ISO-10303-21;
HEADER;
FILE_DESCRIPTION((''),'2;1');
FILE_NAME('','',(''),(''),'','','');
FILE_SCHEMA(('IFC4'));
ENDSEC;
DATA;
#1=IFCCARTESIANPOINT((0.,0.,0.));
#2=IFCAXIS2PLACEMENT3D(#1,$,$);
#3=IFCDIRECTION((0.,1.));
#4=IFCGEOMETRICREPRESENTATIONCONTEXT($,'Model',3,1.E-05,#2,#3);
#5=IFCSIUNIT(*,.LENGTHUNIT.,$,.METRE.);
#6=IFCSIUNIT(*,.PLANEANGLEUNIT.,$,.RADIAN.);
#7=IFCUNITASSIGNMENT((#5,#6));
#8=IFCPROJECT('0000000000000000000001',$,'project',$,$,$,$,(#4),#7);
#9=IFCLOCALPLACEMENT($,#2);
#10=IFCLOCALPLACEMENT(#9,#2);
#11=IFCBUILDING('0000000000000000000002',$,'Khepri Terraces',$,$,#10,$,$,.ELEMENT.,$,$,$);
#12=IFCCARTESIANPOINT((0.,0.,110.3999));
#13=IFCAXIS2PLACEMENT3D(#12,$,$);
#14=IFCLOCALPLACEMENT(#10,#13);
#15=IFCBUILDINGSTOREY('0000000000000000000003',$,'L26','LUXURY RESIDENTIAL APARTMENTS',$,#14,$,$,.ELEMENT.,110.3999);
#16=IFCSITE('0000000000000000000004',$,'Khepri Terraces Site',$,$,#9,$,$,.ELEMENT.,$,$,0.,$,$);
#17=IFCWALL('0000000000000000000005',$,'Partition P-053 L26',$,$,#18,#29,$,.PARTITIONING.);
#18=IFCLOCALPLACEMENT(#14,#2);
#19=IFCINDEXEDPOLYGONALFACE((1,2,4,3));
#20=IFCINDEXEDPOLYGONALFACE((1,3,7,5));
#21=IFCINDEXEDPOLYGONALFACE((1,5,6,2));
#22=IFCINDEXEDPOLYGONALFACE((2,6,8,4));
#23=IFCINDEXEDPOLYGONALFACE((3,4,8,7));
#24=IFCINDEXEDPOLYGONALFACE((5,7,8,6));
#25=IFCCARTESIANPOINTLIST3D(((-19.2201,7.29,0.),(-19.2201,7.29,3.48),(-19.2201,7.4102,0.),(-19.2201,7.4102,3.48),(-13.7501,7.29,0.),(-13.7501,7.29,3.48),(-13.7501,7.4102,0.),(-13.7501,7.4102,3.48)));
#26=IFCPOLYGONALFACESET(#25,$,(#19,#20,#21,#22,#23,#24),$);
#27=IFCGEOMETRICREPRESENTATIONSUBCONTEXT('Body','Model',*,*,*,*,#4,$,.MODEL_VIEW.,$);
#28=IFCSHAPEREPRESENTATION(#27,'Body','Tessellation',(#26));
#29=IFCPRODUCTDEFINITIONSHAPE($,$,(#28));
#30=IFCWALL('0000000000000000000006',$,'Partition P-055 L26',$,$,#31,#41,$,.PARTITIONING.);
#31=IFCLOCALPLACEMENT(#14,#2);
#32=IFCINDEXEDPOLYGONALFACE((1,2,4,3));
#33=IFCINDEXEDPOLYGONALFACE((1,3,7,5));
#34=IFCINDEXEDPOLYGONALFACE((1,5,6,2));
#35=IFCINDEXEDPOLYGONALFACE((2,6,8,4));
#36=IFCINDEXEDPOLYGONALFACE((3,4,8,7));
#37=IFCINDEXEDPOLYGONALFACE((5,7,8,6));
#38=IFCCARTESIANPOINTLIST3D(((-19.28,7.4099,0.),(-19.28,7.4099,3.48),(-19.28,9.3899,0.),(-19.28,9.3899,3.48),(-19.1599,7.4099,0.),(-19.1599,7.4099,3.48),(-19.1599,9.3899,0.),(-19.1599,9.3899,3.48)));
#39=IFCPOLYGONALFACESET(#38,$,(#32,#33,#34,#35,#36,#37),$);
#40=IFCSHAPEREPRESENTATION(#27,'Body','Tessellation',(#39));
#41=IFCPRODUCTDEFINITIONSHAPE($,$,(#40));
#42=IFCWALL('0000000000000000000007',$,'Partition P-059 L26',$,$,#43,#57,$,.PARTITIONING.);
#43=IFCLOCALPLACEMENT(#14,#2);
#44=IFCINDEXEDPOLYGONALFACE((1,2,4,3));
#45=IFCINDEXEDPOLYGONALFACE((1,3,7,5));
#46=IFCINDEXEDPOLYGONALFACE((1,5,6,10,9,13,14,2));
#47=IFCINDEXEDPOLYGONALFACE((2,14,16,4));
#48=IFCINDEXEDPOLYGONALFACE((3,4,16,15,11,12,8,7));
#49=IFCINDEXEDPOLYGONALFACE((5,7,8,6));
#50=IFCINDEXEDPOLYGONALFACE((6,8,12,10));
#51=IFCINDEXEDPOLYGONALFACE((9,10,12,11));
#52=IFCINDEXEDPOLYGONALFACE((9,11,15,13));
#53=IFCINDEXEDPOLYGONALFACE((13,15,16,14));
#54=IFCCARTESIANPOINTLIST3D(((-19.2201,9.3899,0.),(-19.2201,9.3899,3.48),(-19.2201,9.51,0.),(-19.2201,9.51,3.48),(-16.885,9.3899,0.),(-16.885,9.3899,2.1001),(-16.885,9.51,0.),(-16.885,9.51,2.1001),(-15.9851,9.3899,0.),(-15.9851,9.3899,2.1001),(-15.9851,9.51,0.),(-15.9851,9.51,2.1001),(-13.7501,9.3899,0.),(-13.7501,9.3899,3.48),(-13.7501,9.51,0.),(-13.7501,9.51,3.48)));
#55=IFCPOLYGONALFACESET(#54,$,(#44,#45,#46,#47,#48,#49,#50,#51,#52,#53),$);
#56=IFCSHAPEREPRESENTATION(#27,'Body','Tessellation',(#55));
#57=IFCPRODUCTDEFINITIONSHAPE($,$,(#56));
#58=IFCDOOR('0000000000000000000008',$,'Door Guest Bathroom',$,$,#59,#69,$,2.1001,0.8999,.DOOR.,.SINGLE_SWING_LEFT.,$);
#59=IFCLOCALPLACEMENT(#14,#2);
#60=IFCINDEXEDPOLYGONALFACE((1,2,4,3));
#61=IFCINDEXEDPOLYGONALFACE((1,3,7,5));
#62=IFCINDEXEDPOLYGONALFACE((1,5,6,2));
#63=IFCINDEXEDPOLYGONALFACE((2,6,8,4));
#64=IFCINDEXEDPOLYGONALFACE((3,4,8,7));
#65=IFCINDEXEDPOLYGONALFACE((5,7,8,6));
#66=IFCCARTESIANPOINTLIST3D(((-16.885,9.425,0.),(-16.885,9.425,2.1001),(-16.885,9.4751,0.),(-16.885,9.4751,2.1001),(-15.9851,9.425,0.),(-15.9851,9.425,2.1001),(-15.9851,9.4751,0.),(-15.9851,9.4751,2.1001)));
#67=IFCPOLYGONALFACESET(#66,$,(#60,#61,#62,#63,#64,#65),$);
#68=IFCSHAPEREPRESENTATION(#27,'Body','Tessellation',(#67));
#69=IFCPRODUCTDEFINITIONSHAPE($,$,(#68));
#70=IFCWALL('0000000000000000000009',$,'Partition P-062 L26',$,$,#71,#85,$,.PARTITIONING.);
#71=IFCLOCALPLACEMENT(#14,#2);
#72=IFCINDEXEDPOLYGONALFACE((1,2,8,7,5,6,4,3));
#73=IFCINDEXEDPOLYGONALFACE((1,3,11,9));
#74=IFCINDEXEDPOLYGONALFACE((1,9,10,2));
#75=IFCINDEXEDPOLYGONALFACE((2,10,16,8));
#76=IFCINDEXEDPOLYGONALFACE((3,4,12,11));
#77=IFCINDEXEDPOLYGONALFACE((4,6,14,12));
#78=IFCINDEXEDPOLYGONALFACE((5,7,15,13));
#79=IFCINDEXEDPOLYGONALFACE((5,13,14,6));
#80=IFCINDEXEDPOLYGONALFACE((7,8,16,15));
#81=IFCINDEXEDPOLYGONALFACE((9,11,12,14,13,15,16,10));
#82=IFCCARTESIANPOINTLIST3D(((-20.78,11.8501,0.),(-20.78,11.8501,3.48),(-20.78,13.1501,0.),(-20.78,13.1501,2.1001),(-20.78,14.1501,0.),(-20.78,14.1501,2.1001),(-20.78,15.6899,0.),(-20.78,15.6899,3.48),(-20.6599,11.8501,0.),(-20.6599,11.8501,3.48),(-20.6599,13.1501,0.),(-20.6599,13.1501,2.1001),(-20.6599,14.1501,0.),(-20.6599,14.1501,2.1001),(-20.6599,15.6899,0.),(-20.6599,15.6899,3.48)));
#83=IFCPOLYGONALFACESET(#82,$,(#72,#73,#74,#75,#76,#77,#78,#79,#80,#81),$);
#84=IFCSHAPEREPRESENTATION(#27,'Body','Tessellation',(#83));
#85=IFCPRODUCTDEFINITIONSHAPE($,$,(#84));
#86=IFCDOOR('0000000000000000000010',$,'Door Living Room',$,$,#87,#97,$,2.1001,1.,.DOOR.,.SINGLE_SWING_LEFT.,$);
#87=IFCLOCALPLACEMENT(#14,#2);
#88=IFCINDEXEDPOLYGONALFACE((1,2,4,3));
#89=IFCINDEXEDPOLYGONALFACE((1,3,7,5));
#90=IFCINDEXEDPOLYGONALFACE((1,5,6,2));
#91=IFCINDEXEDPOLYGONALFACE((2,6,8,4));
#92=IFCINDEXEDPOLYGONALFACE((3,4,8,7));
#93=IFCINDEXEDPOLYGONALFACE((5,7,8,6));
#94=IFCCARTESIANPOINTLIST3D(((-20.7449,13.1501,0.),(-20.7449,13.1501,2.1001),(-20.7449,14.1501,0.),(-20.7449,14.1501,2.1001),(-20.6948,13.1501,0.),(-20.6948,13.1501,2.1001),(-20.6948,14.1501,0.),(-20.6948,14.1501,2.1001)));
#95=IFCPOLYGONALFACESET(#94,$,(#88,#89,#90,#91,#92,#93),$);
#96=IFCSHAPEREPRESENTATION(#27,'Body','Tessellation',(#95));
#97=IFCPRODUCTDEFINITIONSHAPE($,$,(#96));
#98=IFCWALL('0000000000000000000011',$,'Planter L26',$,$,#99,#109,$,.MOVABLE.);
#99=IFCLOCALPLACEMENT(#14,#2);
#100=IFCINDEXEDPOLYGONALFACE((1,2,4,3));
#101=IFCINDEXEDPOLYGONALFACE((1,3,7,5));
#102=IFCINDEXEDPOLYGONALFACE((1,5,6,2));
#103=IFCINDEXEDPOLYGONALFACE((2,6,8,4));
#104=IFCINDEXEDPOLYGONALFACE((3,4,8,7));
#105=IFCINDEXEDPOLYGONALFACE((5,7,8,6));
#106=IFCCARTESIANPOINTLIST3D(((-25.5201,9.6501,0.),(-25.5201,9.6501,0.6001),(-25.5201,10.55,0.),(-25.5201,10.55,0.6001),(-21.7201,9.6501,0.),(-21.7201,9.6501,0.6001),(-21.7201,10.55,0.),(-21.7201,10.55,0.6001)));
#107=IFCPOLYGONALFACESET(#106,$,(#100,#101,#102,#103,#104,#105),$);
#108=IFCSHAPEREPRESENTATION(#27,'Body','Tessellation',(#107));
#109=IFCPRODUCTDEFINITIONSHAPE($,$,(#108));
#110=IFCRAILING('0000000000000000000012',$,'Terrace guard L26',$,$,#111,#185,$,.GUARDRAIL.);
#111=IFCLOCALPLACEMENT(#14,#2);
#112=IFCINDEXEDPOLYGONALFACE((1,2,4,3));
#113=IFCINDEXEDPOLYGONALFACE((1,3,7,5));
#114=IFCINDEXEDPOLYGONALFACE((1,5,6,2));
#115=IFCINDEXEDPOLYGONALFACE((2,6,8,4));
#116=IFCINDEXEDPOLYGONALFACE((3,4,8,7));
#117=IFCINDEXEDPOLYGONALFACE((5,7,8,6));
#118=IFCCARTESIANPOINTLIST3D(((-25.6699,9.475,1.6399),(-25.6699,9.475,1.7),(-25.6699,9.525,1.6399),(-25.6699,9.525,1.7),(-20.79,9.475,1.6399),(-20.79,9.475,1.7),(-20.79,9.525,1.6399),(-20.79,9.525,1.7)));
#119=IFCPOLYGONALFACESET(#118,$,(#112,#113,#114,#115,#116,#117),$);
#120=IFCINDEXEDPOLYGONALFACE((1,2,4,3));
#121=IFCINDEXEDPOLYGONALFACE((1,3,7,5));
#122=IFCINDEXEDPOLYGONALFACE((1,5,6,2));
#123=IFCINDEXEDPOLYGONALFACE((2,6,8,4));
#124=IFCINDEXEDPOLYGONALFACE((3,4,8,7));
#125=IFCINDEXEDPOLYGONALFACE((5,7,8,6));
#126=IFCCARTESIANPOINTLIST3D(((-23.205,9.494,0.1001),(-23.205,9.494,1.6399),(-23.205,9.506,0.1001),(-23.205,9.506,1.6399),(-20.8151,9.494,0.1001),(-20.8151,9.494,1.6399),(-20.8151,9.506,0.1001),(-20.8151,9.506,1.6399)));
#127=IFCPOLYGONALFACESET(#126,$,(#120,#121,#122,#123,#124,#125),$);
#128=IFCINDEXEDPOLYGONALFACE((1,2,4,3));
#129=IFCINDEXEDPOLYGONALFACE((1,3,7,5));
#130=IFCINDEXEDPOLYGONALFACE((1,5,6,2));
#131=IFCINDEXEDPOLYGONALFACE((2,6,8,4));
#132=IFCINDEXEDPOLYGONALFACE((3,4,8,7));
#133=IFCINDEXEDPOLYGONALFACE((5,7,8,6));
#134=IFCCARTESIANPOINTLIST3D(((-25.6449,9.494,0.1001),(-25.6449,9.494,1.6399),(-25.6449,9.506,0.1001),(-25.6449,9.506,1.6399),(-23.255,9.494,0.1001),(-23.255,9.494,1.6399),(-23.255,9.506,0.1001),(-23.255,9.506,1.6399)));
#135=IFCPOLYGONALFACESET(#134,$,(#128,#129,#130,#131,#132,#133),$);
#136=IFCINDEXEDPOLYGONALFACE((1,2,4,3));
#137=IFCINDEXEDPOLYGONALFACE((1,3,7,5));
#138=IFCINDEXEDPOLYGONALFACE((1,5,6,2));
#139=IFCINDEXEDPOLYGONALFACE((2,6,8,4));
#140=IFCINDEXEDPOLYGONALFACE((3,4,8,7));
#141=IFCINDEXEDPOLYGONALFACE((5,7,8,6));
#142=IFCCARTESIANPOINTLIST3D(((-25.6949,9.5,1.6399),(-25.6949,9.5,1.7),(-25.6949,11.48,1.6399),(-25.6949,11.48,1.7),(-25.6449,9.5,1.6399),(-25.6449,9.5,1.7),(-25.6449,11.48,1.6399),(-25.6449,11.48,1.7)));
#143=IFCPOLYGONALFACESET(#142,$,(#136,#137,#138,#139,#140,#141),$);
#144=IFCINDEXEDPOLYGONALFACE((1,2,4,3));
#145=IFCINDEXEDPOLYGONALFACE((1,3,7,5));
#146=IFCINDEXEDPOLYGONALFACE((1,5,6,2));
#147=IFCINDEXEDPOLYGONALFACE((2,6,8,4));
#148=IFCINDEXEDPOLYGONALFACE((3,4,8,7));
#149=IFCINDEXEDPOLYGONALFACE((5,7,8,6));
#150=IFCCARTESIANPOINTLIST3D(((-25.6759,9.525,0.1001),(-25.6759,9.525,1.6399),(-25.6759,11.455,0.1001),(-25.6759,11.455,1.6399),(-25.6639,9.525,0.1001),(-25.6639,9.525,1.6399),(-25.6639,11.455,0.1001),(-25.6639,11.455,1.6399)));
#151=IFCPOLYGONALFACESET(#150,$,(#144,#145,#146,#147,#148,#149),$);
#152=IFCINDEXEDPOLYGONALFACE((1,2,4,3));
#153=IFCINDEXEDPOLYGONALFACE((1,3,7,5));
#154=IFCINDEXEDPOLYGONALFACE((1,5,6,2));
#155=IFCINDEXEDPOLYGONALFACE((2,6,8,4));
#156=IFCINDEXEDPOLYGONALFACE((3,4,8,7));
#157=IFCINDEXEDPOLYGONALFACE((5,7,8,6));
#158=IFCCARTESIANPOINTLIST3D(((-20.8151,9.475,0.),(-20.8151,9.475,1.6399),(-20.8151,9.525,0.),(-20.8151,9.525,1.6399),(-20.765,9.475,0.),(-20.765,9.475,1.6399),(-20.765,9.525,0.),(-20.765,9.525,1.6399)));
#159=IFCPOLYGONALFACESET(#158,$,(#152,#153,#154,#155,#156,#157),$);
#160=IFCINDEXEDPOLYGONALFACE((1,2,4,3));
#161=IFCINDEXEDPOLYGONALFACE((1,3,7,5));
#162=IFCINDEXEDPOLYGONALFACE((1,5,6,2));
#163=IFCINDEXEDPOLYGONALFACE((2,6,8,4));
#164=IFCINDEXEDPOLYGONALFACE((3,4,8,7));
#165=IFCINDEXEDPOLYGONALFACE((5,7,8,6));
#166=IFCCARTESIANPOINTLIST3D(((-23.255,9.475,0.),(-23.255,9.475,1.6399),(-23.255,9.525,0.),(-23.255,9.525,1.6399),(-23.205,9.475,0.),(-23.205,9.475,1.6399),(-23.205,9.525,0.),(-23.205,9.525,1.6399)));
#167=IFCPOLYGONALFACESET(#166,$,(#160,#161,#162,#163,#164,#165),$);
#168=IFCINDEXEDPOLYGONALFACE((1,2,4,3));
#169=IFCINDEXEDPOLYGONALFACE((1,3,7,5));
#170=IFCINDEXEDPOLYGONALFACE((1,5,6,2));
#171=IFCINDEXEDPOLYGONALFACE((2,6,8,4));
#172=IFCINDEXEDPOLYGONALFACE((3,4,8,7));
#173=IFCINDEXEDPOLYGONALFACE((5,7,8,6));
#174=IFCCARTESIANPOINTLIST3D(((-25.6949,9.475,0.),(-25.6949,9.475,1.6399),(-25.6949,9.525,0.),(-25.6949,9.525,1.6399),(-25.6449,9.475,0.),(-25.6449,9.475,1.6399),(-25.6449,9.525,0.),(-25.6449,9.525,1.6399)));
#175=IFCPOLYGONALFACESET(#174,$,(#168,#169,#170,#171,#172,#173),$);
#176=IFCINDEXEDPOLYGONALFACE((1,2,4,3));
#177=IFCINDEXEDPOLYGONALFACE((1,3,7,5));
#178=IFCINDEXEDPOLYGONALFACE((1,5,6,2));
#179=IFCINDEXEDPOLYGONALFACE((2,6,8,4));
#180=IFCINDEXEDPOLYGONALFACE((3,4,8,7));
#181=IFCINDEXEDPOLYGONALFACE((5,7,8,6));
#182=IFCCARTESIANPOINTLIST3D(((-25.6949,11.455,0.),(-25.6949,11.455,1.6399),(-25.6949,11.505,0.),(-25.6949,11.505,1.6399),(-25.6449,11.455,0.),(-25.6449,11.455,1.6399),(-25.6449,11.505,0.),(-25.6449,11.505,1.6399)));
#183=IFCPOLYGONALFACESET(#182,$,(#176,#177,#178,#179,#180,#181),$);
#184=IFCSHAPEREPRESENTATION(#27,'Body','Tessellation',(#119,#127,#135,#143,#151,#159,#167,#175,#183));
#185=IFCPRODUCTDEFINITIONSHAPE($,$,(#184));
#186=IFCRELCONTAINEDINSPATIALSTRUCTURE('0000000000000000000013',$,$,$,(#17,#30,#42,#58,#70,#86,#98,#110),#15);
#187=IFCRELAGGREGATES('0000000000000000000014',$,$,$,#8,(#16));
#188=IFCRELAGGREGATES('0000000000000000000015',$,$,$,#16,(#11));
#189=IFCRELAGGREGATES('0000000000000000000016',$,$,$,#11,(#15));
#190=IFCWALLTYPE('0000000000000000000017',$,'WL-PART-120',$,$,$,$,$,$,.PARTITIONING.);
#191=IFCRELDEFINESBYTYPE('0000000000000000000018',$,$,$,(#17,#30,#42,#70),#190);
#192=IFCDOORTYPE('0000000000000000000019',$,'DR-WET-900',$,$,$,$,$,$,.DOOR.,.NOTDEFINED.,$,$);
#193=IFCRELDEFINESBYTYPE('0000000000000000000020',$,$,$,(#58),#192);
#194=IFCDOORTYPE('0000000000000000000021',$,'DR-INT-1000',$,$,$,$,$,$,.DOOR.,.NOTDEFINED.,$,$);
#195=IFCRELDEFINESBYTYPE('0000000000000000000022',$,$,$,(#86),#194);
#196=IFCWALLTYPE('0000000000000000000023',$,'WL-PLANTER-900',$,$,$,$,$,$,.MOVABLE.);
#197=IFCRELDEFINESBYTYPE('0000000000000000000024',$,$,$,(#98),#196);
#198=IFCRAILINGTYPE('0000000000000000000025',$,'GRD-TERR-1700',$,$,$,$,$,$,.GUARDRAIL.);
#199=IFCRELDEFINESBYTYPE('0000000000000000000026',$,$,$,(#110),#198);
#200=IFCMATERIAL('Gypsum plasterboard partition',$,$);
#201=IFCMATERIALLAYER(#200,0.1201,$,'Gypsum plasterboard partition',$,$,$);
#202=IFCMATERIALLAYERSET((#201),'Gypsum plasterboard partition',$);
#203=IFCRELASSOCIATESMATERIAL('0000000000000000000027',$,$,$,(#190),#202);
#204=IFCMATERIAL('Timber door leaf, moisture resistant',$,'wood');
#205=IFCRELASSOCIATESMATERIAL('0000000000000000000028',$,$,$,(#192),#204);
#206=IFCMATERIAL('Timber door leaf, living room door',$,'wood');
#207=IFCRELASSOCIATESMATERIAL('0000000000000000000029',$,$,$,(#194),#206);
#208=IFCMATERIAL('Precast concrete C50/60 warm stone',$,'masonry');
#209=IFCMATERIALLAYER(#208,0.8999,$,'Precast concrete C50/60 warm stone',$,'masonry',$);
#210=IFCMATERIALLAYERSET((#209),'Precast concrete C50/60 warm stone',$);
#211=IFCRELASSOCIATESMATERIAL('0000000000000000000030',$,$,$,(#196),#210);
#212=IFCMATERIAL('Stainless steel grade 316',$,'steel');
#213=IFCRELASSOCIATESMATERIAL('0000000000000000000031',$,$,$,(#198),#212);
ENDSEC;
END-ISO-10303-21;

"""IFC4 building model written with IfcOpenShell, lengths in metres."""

from ifc_helpers import new_model, si_unit, direction, frame, frame_2d, origin, origin_2d, place, context, subcontext, project, spatial, rectangle, extrude, material, layer, layer_set, type_object, element, fill, save


model = new_model("IFC4")

# Units and contexts
model_context = context("Model", 3, precision=1e-05, world=origin(), true_north=direction((0.0, 1.0)))
body_context = subcontext(model_context, "Body", "Model", "MODEL_VIEW")
ifc_project = project(units=[si_unit("LENGTHUNIT", "METRE"), si_unit("PLANEANGLEUNIT", "RADIAN")], contexts=[model_context])

# Site, building, storey
site_placement = place(None, origin())
site = spatial("IfcSite", under=ifc_project, at=site_placement, Name="Khepri Terraces Site", CompositionType="ELEMENT", RefElevation=0.0)
building_placement = place(site_placement, origin())
building = spatial("IfcBuilding", under=site, at=building_placement, Name="Khepri Terraces", CompositionType="ELEMENT")
storey_placement = place(building_placement, frame((0.0, 0.0, 110.3999)))
storey = spatial("IfcBuildingStorey", under=building, at=storey_placement, Name="L26", Description="LUXURY RESIDENTIAL APARTMENTS", CompositionType="ELEMENT", Elevation=110.3999)

# Shared definitions
ifc_material_1 = material(Name="Precast concrete C50/60 warm stone", Category="masonry")

# Shared definitions
ifc_material_2 = material(Name="Gypsum plasterboard partition")
ifc_layer_1 = layer(ifc_material_2, 0.1201, Name="Gypsum plasterboard partition")
ifc_layer_set_1 = layer_set([ifc_layer_1], Name="Gypsum plasterboard partition")
wall_type_1 = type_object("IfcWallType", Name="WL-PART-120", PredefinedType="PARTITIONING", material=ifc_layer_set_1)
ifc_material_3 = material(Name="Timber door leaf, moisture resistant", Category="wood")
door_type_1 = type_object("IfcDoorType", Name="DR-WET-900", OperationType="NOTDEFINED", PredefinedType="DOOR", material=ifc_material_3)

# Walls
wall_1_placement = place(storey_placement, frame((-19.22, 7.3501, 0.0), z_axis=(0.0, 0.0, 1.0), x_axis=(1.0, 0.0, 0.0)))
element("IfcWall", 1, at=wall_1_placement, inside=storey, type_object=wall_type_1, Name="Partition P-053 L26", PredefinedType="PARTITIONING", context=body_context, shape_type="SweptSolid", body=[
    extrude(rectangle(XDim=5.47, YDim=0.1201, at=frame_2d((2.7349, 0.0))), origin(), (0.0, 0.0, 1.0), 3.48),
])
wall_2_placement = place(storey_placement, frame((-19.22, 7.4099, 0.0), z_axis=(0.0, 0.0, 1.0), x_axis=(0.0, 1.0, 0.0)))
element("IfcWall", 2, at=wall_2_placement, inside=storey, type_object=wall_type_1, Name="Partition P-055 L26", PredefinedType="PARTITIONING", context=body_context, shape_type="SweptSolid", body=[
    extrude(rectangle(XDim=1.98, YDim=0.1201, at=frame_2d((0.99, 0.0))), origin(), (0.0, 0.0, 1.0), 3.48),
])

# Walls, openings, doors
wall_3_placement = place(storey_placement, frame((-19.22, 9.45, 0.0), z_axis=(0.0, 0.0, 1.0), x_axis=(1.0, 0.0, 0.0)))
wall_3 = element("IfcWall", 3, at=wall_3_placement, inside=storey, type_object=wall_type_1, Name="Partition P-059 L26", PredefinedType="PARTITIONING", context=body_context, shape_type="SweptSolid", body=[
    extrude(rectangle(XDim=5.47, YDim=0.1201, at=frame_2d((2.7349, 0.0))), origin(), (0.0, 0.0, 1.0), 3.48),
])
opening_1_placement = place(wall_3_placement, frame((2.335, 0.0, 0.0)))
opening_1 = element("IfcOpeningElement", 4, at=opening_1_placement, cuts=wall_3, PredefinedType="OPENING", context=body_context, shape_type="SweptSolid", body=[
    extrude(rectangle(XDim=0.8999, YDim=2.1001, at=frame_2d((0.45, 1.05))), frame((0.0, 0.0701, 0.0), z_axis=(0.0, -1.0, 0.0), x_axis=(1.0, 0.0, 0.0)), (0.0, 0.0, 1.0), 0.1401),
])
door_1_placement = place(opening_1_placement, frame((0.8999, 0.0, 0.0), z_axis=(0.0, 0.0, 1.0), x_axis=(-1.0, 0.0, 0.0)))
door_1 = element("IfcDoor", 5, at=door_1_placement, inside=storey, type_object=door_type_1, Name="Door Guest Bathroom", OperationType="SINGLE_SWING_LEFT", OverallHeight=2.1001, OverallWidth=0.8999, PredefinedType="DOOR", context=body_context, shape_type="SweptSolid", body=[
    extrude(rectangle(XDim=0.8999, YDim=2.1001, at=frame_2d((0.45, 1.05))), frame((0.0, 0.0249, 0.0), z_axis=(0.0, -1.0, 0.0), x_axis=(1.0, 0.0, 0.0)), (0.0, 0.0, 1.0), 0.05),
])
fill(opening_1, door_1)
wall_4_placement = place(storey_placement, frame((-20.72, 11.8501, 0.0), z_axis=(0.0, 0.0, 1.0), x_axis=(0.0, 1.0, 0.0)))
wall_4 = element("IfcWall", 6, at=wall_4_placement, inside=storey, type_object=wall_type_1, Name="Partition P-062 L26", PredefinedType="PARTITIONING", context=body_context, shape_type="SweptSolid", body=[
    extrude(rectangle(XDim=3.8398, YDim=0.1201, at=frame_2d((1.9199, 0.0))), origin(), (0.0, 0.0, 1.0), 3.48),
])
opening_2_placement = place(wall_4_placement, frame((1.3, 0.0, 0.0)))
opening_2 = element("IfcOpeningElement", 7, at=opening_2_placement, cuts=wall_4, PredefinedType="OPENING", context=body_context, shape_type="SweptSolid", body=[
    extrude(rectangle(XDim=1.0, YDim=2.1001, at=frame_2d((0.5, 1.05))), frame((0.0, 0.0701, 0.0), z_axis=(0.0, -1.0, 0.0), x_axis=(1.0, 0.0, 0.0)), (0.0, 0.0, 1.0), 0.1401),
])
ifc_material_4 = material(Name="Timber door leaf, living room door", Category="wood")
door_type_2 = type_object("IfcDoorType", Name="DR-INT-1000", OperationType="NOTDEFINED", PredefinedType="DOOR", material=ifc_material_4)
door_2_placement = place(opening_2_placement, origin())
door_2 = element("IfcDoor", 8, at=door_2_placement, inside=storey, type_object=door_type_2, Name="Door Living Room", OperationType="SINGLE_SWING_LEFT", OverallHeight=2.1001, OverallWidth=1.0, PredefinedType="DOOR", context=body_context, shape_type="SweptSolid", body=[
    extrude(rectangle(XDim=1.0, YDim=2.1001, at=frame_2d((0.5, 1.05))), frame((0.0, 0.0249, 0.0), z_axis=(0.0, -1.0, 0.0), x_axis=(1.0, 0.0, 0.0)), (0.0, 0.0, 1.0), 0.05),
])
fill(opening_2, door_2)

# Wall
ifc_layer_2 = layer(ifc_material_1, 0.8999, Name="Precast concrete C50/60 warm stone", Category="masonry")
ifc_layer_set_2 = layer_set([ifc_layer_2], Name="Precast concrete C50/60 warm stone")
wall_type_2 = type_object("IfcWallType", Name="WL-PLANTER-900", PredefinedType="MOVABLE", material=ifc_layer_set_2)
wall_5_placement = place(storey_placement, frame((-25.52, 10.1001, 0.0), z_axis=(0.0, 0.0, 1.0), x_axis=(1.0, 0.0, 0.0)))
element("IfcWall", 9, at=wall_5_placement, inside=storey, type_object=wall_type_2, Name="Planter L26", PredefinedType="MOVABLE", context=body_context, shape_type="SweptSolid", body=[
    extrude(rectangle(XDim=3.8, YDim=0.8999, at=frame_2d((1.8999, 0.0))), origin(), (0.0, 0.0, 1.0), 0.6001),
])

# Railing
ifc_material_5 = material(Name="Stainless steel grade 316", Category="steel")
railing_type = type_object("IfcRailingType", Name="GRD-TERR-1700", PredefinedType="GUARDRAIL", material=ifc_material_5)
railing_placement = place(storey_placement, frame((-20.79, 9.5, 0.0)))
element("IfcRailing", 10, at=railing_placement, inside=storey, type_object=railing_type, Name="Terrace guard L26", PredefinedType="GUARDRAIL", context=body_context, shape_type="SweptSolid", body=[
    extrude(rectangle(XDim=0.05, YDim=0.0601, at=origin_2d()), frame((0.0, 0.0, 1.6699), z_axis=(-1.0, 0.0, 0.0), x_axis=(0.0, -1.0, 0.0)), (0.0, 0.0, 1.0), 4.8799),
    extrude(rectangle(XDim=2.3899, YDim=0.012, at=origin_2d()), frame((-1.22, 0.0, 0.1001), z_axis=(0.0, 0.0, 1.0), x_axis=(-1.0, 0.0, 0.0)), (0.0, 0.0, 1.0), 1.5398),
    extrude(rectangle(XDim=2.3899, YDim=0.012, at=origin_2d()), frame((-3.6599, 0.0, 0.1001), z_axis=(0.0, 0.0, 1.0), x_axis=(-1.0, 0.0, 0.0)), (0.0, 0.0, 1.0), 1.5398),
    extrude(rectangle(XDim=0.05, YDim=0.0601, at=origin_2d()), frame((-4.8799, 0.0, 1.6699), z_axis=(0.0, 1.0, 0.0), x_axis=(-1.0, 0.0, 0.0)), (0.0, 0.0, 1.0), 1.98),
    extrude(rectangle(XDim=1.9299, YDim=0.012, at=origin_2d()), frame((-4.8799, 0.99, 0.1001), z_axis=(0.0, 0.0, 1.0), x_axis=(0.0, 1.0, 0.0)), (0.0, 0.0, 1.0), 1.5398),
    extrude(rectangle(XDim=0.05, YDim=0.05, at=origin_2d()), origin(), (0.0, 0.0, 1.0), 1.6399),
    extrude(rectangle(XDim=0.05, YDim=0.05, at=origin_2d()), frame((-2.4399, 0.0, 0.0)), (0.0, 0.0, 1.0), 1.6399),
    extrude(rectangle(XDim=0.05, YDim=0.05, at=origin_2d()), frame((-4.8799, 0.0, 0.0)), (0.0, 0.0, 1.0), 1.6399),
    extrude(rectangle(XDim=0.05, YDim=0.05, at=origin_2d()), frame((-4.8799, 1.98, 0.0)), (0.0, 0.0, 1.0), 1.6399),
])

save(model, "model.ifc")
